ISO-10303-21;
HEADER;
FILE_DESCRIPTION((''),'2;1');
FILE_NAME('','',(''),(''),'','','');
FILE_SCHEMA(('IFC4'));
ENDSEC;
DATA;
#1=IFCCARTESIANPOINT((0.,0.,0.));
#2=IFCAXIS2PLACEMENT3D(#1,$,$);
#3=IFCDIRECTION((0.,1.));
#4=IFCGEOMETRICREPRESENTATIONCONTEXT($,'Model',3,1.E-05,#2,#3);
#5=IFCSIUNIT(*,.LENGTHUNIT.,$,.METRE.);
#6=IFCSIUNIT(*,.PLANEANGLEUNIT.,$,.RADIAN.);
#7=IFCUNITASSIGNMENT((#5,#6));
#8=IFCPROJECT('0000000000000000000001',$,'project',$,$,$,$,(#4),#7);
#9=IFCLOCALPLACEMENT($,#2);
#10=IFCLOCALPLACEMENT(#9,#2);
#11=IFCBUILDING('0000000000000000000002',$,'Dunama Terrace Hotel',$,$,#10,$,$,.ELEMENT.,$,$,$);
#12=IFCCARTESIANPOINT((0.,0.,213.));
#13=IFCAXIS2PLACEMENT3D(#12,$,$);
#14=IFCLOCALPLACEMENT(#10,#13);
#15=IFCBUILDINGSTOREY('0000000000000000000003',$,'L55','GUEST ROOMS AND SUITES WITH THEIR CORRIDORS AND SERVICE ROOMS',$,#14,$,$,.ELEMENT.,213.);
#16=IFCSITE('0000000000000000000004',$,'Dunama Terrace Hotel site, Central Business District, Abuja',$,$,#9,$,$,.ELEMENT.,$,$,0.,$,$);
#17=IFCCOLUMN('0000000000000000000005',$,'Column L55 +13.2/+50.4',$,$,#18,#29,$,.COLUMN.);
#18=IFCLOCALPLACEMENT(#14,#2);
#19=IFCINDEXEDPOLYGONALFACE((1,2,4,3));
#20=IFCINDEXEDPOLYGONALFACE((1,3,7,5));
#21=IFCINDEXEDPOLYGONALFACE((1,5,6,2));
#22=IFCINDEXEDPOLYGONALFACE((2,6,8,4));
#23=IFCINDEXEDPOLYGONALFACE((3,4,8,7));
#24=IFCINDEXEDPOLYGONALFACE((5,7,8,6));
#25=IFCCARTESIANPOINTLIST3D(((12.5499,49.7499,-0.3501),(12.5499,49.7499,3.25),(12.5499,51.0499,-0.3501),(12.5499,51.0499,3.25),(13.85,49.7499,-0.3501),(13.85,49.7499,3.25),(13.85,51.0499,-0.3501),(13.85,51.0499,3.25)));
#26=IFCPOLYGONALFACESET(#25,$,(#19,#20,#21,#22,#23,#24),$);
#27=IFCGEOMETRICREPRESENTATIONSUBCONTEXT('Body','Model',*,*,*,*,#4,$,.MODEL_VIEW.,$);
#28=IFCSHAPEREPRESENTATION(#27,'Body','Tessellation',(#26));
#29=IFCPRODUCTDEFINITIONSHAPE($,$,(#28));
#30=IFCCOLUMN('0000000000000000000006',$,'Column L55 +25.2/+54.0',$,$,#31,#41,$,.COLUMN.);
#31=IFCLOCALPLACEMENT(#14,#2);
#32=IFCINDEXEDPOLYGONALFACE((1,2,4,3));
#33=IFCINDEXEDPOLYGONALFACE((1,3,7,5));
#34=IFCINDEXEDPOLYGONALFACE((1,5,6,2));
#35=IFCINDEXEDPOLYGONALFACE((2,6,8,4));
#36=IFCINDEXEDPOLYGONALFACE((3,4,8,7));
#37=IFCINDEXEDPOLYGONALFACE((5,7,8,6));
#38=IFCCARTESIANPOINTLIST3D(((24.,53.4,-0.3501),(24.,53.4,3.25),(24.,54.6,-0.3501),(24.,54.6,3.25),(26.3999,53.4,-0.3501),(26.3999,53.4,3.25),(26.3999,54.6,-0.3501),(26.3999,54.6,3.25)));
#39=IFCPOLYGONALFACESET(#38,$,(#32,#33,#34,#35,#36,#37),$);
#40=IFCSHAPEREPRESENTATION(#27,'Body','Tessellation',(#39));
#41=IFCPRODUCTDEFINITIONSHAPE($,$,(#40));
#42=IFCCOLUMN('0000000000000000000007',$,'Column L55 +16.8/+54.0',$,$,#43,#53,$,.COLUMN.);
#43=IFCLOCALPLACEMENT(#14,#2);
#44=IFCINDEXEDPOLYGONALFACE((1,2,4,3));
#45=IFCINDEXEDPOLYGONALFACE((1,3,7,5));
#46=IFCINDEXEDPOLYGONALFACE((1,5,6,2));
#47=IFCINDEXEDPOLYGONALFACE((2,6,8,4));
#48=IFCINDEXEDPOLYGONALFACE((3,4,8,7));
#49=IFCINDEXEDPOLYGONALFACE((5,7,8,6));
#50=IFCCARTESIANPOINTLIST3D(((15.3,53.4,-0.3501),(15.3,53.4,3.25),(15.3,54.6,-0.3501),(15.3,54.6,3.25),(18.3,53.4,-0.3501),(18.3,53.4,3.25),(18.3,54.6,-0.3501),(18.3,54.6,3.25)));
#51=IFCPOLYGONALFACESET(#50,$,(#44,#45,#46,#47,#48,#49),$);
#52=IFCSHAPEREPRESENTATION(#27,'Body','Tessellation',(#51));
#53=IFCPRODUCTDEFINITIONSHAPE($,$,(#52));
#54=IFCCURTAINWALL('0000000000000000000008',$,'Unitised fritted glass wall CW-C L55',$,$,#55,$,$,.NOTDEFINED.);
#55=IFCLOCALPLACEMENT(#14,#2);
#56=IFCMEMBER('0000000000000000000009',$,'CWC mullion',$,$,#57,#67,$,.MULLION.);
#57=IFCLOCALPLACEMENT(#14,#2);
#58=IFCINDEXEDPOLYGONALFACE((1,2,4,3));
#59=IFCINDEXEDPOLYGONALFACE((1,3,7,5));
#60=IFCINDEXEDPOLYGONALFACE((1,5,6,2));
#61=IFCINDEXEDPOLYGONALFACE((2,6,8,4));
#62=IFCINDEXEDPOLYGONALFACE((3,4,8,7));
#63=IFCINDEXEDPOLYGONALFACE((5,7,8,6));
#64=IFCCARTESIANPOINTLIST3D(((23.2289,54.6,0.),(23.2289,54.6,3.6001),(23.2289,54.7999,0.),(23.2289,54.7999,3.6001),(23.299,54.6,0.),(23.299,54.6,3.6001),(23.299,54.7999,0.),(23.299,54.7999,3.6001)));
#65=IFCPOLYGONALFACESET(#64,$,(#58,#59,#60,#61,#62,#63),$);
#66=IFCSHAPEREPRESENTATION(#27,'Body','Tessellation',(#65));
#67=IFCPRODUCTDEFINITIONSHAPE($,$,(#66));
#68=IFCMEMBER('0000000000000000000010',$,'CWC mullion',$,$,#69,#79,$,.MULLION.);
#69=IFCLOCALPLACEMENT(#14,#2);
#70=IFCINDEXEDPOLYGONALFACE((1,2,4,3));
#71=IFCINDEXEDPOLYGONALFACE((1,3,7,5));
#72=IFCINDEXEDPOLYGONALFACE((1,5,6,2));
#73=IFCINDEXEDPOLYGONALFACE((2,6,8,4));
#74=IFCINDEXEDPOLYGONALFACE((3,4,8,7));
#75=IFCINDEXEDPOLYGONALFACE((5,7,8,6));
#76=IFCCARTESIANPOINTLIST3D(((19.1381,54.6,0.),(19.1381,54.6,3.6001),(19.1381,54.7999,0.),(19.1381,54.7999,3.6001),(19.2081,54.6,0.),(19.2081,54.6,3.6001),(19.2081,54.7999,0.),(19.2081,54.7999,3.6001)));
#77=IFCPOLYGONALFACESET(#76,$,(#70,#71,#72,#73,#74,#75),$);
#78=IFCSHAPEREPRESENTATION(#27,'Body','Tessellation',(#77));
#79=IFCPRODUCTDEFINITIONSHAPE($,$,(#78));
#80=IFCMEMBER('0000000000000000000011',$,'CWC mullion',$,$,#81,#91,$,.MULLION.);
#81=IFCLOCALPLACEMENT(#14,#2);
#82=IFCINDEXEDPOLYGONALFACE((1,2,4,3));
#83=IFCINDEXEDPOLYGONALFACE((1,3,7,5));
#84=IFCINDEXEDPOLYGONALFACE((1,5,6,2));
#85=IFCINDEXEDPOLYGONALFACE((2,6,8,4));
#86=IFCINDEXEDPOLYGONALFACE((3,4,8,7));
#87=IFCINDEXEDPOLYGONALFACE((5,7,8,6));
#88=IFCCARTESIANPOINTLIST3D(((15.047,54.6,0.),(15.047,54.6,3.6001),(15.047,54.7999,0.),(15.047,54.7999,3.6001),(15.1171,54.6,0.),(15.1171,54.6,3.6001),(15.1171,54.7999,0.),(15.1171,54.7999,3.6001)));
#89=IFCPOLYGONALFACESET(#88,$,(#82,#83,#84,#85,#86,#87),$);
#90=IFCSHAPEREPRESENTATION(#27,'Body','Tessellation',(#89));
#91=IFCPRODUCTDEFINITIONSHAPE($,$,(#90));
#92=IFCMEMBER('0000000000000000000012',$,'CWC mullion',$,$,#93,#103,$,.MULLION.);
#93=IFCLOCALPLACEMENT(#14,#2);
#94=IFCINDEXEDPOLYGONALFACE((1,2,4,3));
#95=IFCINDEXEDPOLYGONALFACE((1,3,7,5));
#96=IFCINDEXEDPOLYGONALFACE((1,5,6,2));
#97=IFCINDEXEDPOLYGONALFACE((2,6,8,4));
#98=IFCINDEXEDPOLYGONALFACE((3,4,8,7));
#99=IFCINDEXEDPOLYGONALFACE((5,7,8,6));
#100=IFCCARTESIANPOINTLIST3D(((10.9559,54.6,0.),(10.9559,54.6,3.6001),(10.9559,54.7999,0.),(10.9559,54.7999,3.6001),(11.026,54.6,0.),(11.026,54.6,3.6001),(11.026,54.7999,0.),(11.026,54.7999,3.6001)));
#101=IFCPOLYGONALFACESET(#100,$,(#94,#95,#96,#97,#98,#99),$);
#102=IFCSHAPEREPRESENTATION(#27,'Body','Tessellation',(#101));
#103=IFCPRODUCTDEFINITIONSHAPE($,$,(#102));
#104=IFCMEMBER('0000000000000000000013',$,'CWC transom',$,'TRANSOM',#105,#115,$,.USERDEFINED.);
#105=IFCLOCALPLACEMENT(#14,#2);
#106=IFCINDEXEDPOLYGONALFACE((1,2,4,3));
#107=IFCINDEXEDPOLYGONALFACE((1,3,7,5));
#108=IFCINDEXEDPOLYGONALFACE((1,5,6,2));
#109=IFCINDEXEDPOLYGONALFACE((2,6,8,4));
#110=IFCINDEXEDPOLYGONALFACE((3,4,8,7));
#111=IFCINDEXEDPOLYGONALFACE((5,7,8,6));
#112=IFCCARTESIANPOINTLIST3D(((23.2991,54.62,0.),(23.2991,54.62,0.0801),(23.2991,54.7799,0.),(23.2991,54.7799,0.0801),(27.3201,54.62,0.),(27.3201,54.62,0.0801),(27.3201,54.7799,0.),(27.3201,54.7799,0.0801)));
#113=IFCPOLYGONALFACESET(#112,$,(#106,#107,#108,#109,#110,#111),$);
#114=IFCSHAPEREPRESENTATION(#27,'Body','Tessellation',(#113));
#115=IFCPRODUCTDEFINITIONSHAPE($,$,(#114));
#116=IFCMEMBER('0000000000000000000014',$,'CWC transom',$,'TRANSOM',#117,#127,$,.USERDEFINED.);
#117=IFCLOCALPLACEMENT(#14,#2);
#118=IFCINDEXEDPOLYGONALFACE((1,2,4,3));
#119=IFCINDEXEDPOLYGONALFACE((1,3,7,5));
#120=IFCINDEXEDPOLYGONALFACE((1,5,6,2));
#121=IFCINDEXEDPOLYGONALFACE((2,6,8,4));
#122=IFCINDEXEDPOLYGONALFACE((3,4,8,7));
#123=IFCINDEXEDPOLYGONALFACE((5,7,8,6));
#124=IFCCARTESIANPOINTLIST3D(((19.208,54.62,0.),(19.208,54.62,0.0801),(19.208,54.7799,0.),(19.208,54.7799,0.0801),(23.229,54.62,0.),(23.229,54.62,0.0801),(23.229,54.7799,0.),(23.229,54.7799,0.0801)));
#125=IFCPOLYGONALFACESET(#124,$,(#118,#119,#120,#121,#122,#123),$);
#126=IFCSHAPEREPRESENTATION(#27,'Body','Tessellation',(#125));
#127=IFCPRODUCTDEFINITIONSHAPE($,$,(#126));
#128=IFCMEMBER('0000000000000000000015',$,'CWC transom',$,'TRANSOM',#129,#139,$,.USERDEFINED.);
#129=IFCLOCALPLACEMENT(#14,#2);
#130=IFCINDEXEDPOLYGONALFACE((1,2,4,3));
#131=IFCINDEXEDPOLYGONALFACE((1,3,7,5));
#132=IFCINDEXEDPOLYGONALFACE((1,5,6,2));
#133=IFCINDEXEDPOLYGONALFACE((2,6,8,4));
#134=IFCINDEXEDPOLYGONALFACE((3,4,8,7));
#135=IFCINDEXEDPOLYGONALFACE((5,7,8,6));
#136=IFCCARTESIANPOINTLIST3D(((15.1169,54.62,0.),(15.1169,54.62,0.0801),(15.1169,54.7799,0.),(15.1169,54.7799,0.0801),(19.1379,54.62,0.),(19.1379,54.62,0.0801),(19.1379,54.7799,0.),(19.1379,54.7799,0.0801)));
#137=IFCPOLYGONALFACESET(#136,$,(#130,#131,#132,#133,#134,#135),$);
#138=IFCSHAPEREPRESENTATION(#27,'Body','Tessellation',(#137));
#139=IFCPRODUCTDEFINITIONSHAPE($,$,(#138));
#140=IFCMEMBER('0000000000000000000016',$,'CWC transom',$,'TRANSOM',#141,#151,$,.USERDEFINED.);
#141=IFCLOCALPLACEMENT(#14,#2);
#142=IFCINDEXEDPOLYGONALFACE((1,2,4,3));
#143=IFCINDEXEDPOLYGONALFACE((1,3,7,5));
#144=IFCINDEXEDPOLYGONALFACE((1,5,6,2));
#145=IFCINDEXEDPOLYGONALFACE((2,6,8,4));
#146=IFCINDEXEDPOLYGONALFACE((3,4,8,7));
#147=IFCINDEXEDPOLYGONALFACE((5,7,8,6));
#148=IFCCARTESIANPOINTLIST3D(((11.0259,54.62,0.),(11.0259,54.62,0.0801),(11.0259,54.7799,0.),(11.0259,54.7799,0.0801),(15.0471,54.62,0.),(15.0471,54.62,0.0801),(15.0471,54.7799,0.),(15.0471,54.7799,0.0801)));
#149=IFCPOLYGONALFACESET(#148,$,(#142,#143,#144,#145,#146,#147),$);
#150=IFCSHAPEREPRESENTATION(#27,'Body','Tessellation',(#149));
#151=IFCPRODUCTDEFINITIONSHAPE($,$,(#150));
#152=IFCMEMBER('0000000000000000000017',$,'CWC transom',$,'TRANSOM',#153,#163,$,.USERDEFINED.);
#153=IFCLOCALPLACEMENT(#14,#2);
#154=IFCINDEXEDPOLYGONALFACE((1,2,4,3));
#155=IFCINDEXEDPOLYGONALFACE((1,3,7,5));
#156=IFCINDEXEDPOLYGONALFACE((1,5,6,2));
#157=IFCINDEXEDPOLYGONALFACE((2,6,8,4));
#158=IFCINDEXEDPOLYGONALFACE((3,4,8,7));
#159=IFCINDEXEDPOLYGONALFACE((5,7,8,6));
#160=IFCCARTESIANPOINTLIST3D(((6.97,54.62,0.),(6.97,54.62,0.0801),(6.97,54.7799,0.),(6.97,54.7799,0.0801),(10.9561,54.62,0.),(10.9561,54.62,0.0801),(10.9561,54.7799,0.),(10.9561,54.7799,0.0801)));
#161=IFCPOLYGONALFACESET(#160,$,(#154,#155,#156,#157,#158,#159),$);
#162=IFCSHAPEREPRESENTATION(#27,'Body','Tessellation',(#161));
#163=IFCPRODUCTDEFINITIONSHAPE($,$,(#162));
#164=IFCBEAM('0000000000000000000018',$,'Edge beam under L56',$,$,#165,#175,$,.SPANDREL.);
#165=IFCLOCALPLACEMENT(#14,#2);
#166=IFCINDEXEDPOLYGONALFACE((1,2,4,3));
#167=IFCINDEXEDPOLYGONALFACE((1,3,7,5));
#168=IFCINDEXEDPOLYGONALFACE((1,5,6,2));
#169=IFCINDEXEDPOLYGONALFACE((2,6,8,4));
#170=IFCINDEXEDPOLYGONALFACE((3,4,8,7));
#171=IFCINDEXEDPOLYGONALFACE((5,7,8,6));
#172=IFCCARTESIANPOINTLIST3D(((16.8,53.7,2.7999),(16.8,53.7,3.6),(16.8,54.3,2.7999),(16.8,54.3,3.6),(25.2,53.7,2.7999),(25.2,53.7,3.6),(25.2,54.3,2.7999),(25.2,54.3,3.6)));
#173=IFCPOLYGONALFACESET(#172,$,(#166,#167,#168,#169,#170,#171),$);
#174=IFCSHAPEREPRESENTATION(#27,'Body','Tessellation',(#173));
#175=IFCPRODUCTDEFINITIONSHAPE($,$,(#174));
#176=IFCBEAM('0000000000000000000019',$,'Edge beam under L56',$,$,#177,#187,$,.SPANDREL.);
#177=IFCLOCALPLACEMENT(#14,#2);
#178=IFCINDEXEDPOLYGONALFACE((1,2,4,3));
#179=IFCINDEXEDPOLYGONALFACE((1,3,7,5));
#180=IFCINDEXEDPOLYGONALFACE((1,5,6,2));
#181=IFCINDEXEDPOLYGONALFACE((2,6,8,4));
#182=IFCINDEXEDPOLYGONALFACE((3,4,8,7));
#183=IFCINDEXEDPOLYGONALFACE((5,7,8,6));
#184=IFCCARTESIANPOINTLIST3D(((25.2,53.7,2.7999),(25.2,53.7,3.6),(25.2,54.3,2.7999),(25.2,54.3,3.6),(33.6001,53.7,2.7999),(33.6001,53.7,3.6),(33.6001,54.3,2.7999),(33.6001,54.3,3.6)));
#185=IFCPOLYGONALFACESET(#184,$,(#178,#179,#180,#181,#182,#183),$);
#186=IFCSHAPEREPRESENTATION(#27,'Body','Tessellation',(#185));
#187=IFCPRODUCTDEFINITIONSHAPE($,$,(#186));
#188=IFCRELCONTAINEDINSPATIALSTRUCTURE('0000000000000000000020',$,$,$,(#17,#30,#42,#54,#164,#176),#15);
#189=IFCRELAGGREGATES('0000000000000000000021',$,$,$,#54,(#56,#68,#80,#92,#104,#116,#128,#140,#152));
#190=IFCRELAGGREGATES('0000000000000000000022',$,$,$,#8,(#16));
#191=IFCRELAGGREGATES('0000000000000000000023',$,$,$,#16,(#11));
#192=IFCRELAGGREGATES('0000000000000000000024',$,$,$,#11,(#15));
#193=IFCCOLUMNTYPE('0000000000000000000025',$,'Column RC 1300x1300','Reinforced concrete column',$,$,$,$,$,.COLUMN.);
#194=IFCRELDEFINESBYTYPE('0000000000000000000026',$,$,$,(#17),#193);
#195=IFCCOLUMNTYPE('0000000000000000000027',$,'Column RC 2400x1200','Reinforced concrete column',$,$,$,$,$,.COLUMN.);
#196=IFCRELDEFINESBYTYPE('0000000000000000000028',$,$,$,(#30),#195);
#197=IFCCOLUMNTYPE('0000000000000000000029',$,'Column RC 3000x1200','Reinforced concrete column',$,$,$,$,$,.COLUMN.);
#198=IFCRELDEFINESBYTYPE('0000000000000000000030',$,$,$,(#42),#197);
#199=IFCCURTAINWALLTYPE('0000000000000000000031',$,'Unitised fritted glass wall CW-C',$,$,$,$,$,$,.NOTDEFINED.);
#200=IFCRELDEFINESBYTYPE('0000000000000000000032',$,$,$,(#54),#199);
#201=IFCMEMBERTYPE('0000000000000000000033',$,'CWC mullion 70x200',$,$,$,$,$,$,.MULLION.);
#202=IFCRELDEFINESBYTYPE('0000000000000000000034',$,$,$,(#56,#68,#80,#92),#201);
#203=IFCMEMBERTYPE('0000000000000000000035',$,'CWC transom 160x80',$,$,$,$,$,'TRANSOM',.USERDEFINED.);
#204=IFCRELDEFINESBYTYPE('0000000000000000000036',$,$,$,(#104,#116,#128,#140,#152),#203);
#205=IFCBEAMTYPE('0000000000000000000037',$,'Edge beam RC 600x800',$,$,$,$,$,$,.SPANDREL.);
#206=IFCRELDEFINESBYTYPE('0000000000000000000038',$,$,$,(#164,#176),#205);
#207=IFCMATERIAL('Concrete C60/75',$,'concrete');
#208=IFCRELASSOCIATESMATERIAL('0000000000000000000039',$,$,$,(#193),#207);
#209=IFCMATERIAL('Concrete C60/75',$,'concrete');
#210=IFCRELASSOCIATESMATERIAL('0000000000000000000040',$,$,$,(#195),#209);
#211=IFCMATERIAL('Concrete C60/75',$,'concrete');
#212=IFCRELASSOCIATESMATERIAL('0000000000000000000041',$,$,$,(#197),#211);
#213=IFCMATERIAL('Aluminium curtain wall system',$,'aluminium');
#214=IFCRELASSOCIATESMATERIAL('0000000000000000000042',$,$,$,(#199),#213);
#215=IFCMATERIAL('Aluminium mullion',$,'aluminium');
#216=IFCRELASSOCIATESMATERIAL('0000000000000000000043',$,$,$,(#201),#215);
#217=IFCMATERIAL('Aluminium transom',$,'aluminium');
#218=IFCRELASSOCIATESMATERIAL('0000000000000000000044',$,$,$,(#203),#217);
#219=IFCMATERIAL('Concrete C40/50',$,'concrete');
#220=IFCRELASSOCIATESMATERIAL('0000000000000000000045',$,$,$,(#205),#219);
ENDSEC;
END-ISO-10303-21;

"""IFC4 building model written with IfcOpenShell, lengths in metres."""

from ifc_helpers import new_model, si_unit, direction, frame, origin, origin_2d, place, context, subcontext, project, spatial, rectangle, extrude, material, material_profile, profile_set, type_object, element, aggregate, save


model = new_model("IFC4")

# Units and contexts
model_context = context("Model", 3, precision=1e-05, world=origin(), true_north=direction((0.0, 1.0)))
body_context = subcontext(model_context, "Body", "Model", "MODEL_VIEW")
ifc_project = project(units=[si_unit("LENGTHUNIT", "METRE"), si_unit("PLANEANGLEUNIT", "RADIAN")], contexts=[model_context])

# Site, building, storey
site_placement = place(None, origin())
site = spatial("IfcSite", under=ifc_project, at=site_placement, Name="Dunama Terrace Hotel site, Central Business District, Abuja", CompositionType="ELEMENT", RefElevation=0.0)
building_placement = place(site_placement, origin())
building = spatial("IfcBuilding", under=site, at=building_placement, Name="Dunama Terrace Hotel", CompositionType="ELEMENT")
storey_placement = place(building_placement, frame((0.0, 0.0, 213.0)))
storey = spatial("IfcBuildingStorey", under=building, at=storey_placement, Name="L55", Description="GUEST ROOMS AND SUITES WITH THEIR CORRIDORS AND SERVICE ROOMS", CompositionType="ELEMENT", Elevation=213.0)

# Columns
ifc_material_1 = material(Name="Concrete C60/75", Category="concrete")
ifc_material_profile_1 = material_profile(ifc_material_1, rectangle(XDim=1.3, YDim=1.3, at=origin_2d()), Name="RC 1300x1300")
ifc_profile_set_1 = profile_set([ifc_material_profile_1], Name="Concrete C60/75")
column_type_1 = type_object("IfcColumnType", Name="Column RC 1300x1300", Description="Reinforced concrete column", PredefinedType="COLUMN", material=ifc_profile_set_1)
column_1_placement = place(storey_placement, frame((13.2, 50.3999, -0.3501), z_axis=(0.0, 0.0, 1.0), x_axis=(1.0, 0.0, 0.0)))
element("IfcColumn", 1, at=column_1_placement, inside=storey, type_object=column_type_1, Name="Column L55 +13.2/+50.4", PredefinedType="COLUMN", context=body_context, shape_type="SweptSolid", body=[
    extrude(rectangle(XDim=1.3, YDim=1.3, at=origin_2d()), origin(), (0.0, 0.0, 1.0), 3.6001),
])
ifc_material_2 = material(Name="Concrete C60/75", Category="concrete")
ifc_material_profile_2 = material_profile(ifc_material_2, rectangle(XDim=2.3999, YDim=1.2, at=origin_2d()), Name="RC 2400x1200")
ifc_profile_set_2 = profile_set([ifc_material_profile_2], Name="Concrete C60/75")
column_type_2 = type_object("IfcColumnType", Name="Column RC 2400x1200", Description="Reinforced concrete column", PredefinedType="COLUMN", material=ifc_profile_set_2)
column_2_placement = place(storey_placement, frame((25.2, 54.0, -0.3501), z_axis=(0.0, 0.0, 1.0), x_axis=(1.0, 0.0, 0.0)))
element("IfcColumn", 2, at=column_2_placement, inside=storey, type_object=column_type_2, Name="Column L55 +25.2/+54.0", PredefinedType="COLUMN", context=body_context, shape_type="SweptSolid", body=[
    extrude(rectangle(XDim=2.3999, YDim=1.2, at=origin_2d()), origin(), (0.0, 0.0, 1.0), 3.6001),
])
ifc_material_3 = material(Name="Concrete C60/75", Category="concrete")
ifc_material_profile_3 = material_profile(ifc_material_3, rectangle(XDim=3.0, YDim=1.2, at=origin_2d()), Name="RC 3000x1200")
ifc_profile_set_3 = profile_set([ifc_material_profile_3], Name="Concrete C60/75")
column_type_3 = type_object("IfcColumnType", Name="Column RC 3000x1200", Description="Reinforced concrete column", PredefinedType="COLUMN", material=ifc_profile_set_3)
column_3_placement = place(storey_placement, frame((16.8, 54.0, -0.3501), z_axis=(0.0, 0.0, 1.0), x_axis=(1.0, 0.0, 0.0)))
element("IfcColumn", 3, at=column_3_placement, inside=storey, type_object=column_type_3, Name="Column L55 +16.8/+54.0", PredefinedType="COLUMN", context=body_context, shape_type="SweptSolid", body=[
    extrude(rectangle(XDim=3.0, YDim=1.2, at=origin_2d()), origin(), (0.0, 0.0, 1.0), 3.6001),
])

# Curtain wall, members
ifc_material_4 = material(Name="Aluminium curtain wall system", Category="aluminium")
curtain_wall_type = type_object("IfcCurtainWallType", Name="Unitised fritted glass wall CW-C", PredefinedType="NOTDEFINED", material=ifc_material_4)
curtain_wall_placement = place(storey_placement, origin())
curtain_wall = element("IfcCurtainWall", 4, at=curtain_wall_placement, inside=storey, type_object=curtain_wall_type, Name="Unitised fritted glass wall CW-C L55", PredefinedType="NOTDEFINED")
ifc_material_5 = material(Name="Aluminium mullion", Category="aluminium")
ifc_material_profile_4 = material_profile(ifc_material_5, rectangle(XDim=0.0701, YDim=0.2, at=origin_2d()), Name="CWC MULLION 70X200")
ifc_profile_set_4 = profile_set([ifc_material_profile_4], Name="Aluminium mullion")
member_type_1 = type_object("IfcMemberType", Name="CWC mullion 70x200", PredefinedType="MULLION", material=ifc_profile_set_4)
member_1_placement = place(storey_placement, frame((23.2639, 54.7, 0.0), z_axis=(0.0, 0.0, 1.0), x_axis=(-1.0, 0.0, 0.0)))
member_1 = element("IfcMember", 5, at=member_1_placement, type_object=member_type_1, Name="CWC mullion", PredefinedType="MULLION", context=body_context, shape_type="SweptSolid", body=[
    extrude(rectangle(XDim=0.0701, YDim=0.2, at=origin_2d()), origin(), (0.0, 0.0, 1.0), 3.6001),
])
member_2_placement = place(storey_placement, frame((19.1731, 54.7, 0.0), z_axis=(0.0, 0.0, 1.0), x_axis=(-1.0, 0.0, 0.0)))
member_2 = element("IfcMember", 6, at=member_2_placement, type_object=member_type_1, Name="CWC mullion", PredefinedType="MULLION", context=body_context, shape_type="SweptSolid", body=[
    extrude(rectangle(XDim=0.0701, YDim=0.2, at=origin_2d()), origin(), (0.0, 0.0, 1.0), 3.6001),
])
member_3_placement = place(storey_placement, frame((15.082, 54.7, 0.0), z_axis=(0.0, 0.0, 1.0), x_axis=(-1.0, 0.0, 0.0)))
member_3 = element("IfcMember", 7, at=member_3_placement, type_object=member_type_1, Name="CWC mullion", PredefinedType="MULLION", context=body_context, shape_type="SweptSolid", body=[
    extrude(rectangle(XDim=0.0701, YDim=0.2, at=origin_2d()), origin(), (0.0, 0.0, 1.0), 3.6001),
])
member_4_placement = place(storey_placement, frame((10.991, 54.7, 0.0), z_axis=(0.0, 0.0, 1.0), x_axis=(-1.0, 0.0, 0.0)))
member_4 = element("IfcMember", 8, at=member_4_placement, type_object=member_type_1, Name="CWC mullion", PredefinedType="MULLION", context=body_context, shape_type="SweptSolid", body=[
    extrude(rectangle(XDim=0.0701, YDim=0.2, at=origin_2d()), origin(), (0.0, 0.0, 1.0), 3.6001),
])
ifc_material_6 = material(Name="Aluminium transom", Category="aluminium")
ifc_material_profile_5 = material_profile(ifc_material_6, rectangle(XDim=0.1599, YDim=0.0801, at=origin_2d()), Name="CWC TRANSOM 160X80")
ifc_profile_set_5 = profile_set([ifc_material_profile_5], Name="Aluminium transom")
member_type_2 = type_object("IfcMemberType", Name="CWC transom 160x80", ElementType="TRANSOM", PredefinedType="USERDEFINED", material=ifc_profile_set_5)
member_5_placement = place(storey_placement, frame((27.3201, 54.7, 0.04), z_axis=(-1.0, 0.0, 0.0), x_axis=(0.0, -1.0, 0.0)))
member_5 = element("IfcMember", 9, at=member_5_placement, type_object=member_type_2, Name="CWC transom", ObjectType="TRANSOM", PredefinedType="USERDEFINED", context=body_context, shape_type="SweptSolid", body=[
    extrude(rectangle(XDim=0.1599, YDim=0.0801, at=origin_2d()), origin(), (0.0, 0.0, 1.0), 4.021),
])
member_6_placement = place(storey_placement, frame((23.229, 54.7, 0.04), z_axis=(-1.0, 0.0, 0.0), x_axis=(0.0, -1.0, 0.0)))
member_6 = element("IfcMember", 10, at=member_6_placement, type_object=member_type_2, Name="CWC transom", ObjectType="TRANSOM", PredefinedType="USERDEFINED", context=body_context, shape_type="SweptSolid", body=[
    extrude(rectangle(XDim=0.1599, YDim=0.0801, at=origin_2d()), origin(), (0.0, 0.0, 1.0), 4.021),
])
member_7_placement = place(storey_placement, frame((19.1379, 54.7, 0.04), z_axis=(-1.0, 0.0, 0.0), x_axis=(0.0, -1.0, 0.0)))
member_7 = element("IfcMember", 11, at=member_7_placement, type_object=member_type_2, Name="CWC transom", ObjectType="TRANSOM", PredefinedType="USERDEFINED", context=body_context, shape_type="SweptSolid", body=[
    extrude(rectangle(XDim=0.1599, YDim=0.0801, at=origin_2d()), origin(), (0.0, 0.0, 1.0), 4.021),
])
member_8_placement = place(storey_placement, frame((15.0471, 54.7, 0.04), z_axis=(-1.0, 0.0, 0.0), x_axis=(0.0, -1.0, 0.0)))
member_8 = element("IfcMember", 12, at=member_8_placement, type_object=member_type_2, Name="CWC transom", ObjectType="TRANSOM", PredefinedType="USERDEFINED", context=body_context, shape_type="SweptSolid", body=[
    extrude(rectangle(XDim=0.1599, YDim=0.0801, at=origin_2d()), origin(), (0.0, 0.0, 1.0), 4.0212),
])
member_9_placement = place(storey_placement, frame((10.9561, 54.7, 0.04), z_axis=(-1.0, 0.0, 0.0), x_axis=(0.0, -1.0, 0.0)))
member_9 = element("IfcMember", 13, at=member_9_placement, type_object=member_type_2, Name="CWC transom", ObjectType="TRANSOM", PredefinedType="USERDEFINED", context=body_context, shape_type="SweptSolid", body=[
    extrude(rectangle(XDim=0.1599, YDim=0.0801, at=origin_2d()), origin(), (0.0, 0.0, 1.0), 3.9861),
])

# Beams
ifc_material_7 = material(Name="Concrete C40/50", Category="concrete")
ifc_material_profile_6 = material_profile(ifc_material_7, rectangle(XDim=0.6001, YDim=0.8, at=origin_2d()), Name="RC 600x800")
ifc_profile_set_6 = profile_set([ifc_material_profile_6], Name="Concrete C40/50")
beam_type = type_object("IfcBeamType", Name="Edge beam RC 600x800", PredefinedType="SPANDREL", material=ifc_profile_set_6)
beam_1_placement = place(storey_placement, frame((16.8, 54.0, 3.2), z_axis=(1.0, 0.0, 0.0), x_axis=(0.0, 1.0, 0.0)))
element("IfcBeam", 14, at=beam_1_placement, inside=storey, type_object=beam_type, Name="Edge beam under L56", PredefinedType="SPANDREL", context=body_context, shape_type="SweptSolid", body=[
    extrude(rectangle(XDim=0.6001, YDim=0.8, at=origin_2d()), origin(), (0.0, 0.0, 1.0), 8.3999),
])
beam_2_placement = place(storey_placement, frame((25.2, 54.0, 3.2), z_axis=(1.0, 0.0, 0.0), x_axis=(0.0, 1.0, 0.0)))
element("IfcBeam", 15, at=beam_2_placement, inside=storey, type_object=beam_type, Name="Edge beam under L56", PredefinedType="SPANDREL", context=body_context, shape_type="SweptSolid", body=[
    extrude(rectangle(XDim=0.6001, YDim=0.8, at=origin_2d()), origin(), (0.0, 0.0, 1.0), 8.4001),
])

aggregate(curtain_wall, [member_1, member_2, member_3, member_4, member_5, member_6, member_7, member_8, member_9])

save(model, "model.ifc")
